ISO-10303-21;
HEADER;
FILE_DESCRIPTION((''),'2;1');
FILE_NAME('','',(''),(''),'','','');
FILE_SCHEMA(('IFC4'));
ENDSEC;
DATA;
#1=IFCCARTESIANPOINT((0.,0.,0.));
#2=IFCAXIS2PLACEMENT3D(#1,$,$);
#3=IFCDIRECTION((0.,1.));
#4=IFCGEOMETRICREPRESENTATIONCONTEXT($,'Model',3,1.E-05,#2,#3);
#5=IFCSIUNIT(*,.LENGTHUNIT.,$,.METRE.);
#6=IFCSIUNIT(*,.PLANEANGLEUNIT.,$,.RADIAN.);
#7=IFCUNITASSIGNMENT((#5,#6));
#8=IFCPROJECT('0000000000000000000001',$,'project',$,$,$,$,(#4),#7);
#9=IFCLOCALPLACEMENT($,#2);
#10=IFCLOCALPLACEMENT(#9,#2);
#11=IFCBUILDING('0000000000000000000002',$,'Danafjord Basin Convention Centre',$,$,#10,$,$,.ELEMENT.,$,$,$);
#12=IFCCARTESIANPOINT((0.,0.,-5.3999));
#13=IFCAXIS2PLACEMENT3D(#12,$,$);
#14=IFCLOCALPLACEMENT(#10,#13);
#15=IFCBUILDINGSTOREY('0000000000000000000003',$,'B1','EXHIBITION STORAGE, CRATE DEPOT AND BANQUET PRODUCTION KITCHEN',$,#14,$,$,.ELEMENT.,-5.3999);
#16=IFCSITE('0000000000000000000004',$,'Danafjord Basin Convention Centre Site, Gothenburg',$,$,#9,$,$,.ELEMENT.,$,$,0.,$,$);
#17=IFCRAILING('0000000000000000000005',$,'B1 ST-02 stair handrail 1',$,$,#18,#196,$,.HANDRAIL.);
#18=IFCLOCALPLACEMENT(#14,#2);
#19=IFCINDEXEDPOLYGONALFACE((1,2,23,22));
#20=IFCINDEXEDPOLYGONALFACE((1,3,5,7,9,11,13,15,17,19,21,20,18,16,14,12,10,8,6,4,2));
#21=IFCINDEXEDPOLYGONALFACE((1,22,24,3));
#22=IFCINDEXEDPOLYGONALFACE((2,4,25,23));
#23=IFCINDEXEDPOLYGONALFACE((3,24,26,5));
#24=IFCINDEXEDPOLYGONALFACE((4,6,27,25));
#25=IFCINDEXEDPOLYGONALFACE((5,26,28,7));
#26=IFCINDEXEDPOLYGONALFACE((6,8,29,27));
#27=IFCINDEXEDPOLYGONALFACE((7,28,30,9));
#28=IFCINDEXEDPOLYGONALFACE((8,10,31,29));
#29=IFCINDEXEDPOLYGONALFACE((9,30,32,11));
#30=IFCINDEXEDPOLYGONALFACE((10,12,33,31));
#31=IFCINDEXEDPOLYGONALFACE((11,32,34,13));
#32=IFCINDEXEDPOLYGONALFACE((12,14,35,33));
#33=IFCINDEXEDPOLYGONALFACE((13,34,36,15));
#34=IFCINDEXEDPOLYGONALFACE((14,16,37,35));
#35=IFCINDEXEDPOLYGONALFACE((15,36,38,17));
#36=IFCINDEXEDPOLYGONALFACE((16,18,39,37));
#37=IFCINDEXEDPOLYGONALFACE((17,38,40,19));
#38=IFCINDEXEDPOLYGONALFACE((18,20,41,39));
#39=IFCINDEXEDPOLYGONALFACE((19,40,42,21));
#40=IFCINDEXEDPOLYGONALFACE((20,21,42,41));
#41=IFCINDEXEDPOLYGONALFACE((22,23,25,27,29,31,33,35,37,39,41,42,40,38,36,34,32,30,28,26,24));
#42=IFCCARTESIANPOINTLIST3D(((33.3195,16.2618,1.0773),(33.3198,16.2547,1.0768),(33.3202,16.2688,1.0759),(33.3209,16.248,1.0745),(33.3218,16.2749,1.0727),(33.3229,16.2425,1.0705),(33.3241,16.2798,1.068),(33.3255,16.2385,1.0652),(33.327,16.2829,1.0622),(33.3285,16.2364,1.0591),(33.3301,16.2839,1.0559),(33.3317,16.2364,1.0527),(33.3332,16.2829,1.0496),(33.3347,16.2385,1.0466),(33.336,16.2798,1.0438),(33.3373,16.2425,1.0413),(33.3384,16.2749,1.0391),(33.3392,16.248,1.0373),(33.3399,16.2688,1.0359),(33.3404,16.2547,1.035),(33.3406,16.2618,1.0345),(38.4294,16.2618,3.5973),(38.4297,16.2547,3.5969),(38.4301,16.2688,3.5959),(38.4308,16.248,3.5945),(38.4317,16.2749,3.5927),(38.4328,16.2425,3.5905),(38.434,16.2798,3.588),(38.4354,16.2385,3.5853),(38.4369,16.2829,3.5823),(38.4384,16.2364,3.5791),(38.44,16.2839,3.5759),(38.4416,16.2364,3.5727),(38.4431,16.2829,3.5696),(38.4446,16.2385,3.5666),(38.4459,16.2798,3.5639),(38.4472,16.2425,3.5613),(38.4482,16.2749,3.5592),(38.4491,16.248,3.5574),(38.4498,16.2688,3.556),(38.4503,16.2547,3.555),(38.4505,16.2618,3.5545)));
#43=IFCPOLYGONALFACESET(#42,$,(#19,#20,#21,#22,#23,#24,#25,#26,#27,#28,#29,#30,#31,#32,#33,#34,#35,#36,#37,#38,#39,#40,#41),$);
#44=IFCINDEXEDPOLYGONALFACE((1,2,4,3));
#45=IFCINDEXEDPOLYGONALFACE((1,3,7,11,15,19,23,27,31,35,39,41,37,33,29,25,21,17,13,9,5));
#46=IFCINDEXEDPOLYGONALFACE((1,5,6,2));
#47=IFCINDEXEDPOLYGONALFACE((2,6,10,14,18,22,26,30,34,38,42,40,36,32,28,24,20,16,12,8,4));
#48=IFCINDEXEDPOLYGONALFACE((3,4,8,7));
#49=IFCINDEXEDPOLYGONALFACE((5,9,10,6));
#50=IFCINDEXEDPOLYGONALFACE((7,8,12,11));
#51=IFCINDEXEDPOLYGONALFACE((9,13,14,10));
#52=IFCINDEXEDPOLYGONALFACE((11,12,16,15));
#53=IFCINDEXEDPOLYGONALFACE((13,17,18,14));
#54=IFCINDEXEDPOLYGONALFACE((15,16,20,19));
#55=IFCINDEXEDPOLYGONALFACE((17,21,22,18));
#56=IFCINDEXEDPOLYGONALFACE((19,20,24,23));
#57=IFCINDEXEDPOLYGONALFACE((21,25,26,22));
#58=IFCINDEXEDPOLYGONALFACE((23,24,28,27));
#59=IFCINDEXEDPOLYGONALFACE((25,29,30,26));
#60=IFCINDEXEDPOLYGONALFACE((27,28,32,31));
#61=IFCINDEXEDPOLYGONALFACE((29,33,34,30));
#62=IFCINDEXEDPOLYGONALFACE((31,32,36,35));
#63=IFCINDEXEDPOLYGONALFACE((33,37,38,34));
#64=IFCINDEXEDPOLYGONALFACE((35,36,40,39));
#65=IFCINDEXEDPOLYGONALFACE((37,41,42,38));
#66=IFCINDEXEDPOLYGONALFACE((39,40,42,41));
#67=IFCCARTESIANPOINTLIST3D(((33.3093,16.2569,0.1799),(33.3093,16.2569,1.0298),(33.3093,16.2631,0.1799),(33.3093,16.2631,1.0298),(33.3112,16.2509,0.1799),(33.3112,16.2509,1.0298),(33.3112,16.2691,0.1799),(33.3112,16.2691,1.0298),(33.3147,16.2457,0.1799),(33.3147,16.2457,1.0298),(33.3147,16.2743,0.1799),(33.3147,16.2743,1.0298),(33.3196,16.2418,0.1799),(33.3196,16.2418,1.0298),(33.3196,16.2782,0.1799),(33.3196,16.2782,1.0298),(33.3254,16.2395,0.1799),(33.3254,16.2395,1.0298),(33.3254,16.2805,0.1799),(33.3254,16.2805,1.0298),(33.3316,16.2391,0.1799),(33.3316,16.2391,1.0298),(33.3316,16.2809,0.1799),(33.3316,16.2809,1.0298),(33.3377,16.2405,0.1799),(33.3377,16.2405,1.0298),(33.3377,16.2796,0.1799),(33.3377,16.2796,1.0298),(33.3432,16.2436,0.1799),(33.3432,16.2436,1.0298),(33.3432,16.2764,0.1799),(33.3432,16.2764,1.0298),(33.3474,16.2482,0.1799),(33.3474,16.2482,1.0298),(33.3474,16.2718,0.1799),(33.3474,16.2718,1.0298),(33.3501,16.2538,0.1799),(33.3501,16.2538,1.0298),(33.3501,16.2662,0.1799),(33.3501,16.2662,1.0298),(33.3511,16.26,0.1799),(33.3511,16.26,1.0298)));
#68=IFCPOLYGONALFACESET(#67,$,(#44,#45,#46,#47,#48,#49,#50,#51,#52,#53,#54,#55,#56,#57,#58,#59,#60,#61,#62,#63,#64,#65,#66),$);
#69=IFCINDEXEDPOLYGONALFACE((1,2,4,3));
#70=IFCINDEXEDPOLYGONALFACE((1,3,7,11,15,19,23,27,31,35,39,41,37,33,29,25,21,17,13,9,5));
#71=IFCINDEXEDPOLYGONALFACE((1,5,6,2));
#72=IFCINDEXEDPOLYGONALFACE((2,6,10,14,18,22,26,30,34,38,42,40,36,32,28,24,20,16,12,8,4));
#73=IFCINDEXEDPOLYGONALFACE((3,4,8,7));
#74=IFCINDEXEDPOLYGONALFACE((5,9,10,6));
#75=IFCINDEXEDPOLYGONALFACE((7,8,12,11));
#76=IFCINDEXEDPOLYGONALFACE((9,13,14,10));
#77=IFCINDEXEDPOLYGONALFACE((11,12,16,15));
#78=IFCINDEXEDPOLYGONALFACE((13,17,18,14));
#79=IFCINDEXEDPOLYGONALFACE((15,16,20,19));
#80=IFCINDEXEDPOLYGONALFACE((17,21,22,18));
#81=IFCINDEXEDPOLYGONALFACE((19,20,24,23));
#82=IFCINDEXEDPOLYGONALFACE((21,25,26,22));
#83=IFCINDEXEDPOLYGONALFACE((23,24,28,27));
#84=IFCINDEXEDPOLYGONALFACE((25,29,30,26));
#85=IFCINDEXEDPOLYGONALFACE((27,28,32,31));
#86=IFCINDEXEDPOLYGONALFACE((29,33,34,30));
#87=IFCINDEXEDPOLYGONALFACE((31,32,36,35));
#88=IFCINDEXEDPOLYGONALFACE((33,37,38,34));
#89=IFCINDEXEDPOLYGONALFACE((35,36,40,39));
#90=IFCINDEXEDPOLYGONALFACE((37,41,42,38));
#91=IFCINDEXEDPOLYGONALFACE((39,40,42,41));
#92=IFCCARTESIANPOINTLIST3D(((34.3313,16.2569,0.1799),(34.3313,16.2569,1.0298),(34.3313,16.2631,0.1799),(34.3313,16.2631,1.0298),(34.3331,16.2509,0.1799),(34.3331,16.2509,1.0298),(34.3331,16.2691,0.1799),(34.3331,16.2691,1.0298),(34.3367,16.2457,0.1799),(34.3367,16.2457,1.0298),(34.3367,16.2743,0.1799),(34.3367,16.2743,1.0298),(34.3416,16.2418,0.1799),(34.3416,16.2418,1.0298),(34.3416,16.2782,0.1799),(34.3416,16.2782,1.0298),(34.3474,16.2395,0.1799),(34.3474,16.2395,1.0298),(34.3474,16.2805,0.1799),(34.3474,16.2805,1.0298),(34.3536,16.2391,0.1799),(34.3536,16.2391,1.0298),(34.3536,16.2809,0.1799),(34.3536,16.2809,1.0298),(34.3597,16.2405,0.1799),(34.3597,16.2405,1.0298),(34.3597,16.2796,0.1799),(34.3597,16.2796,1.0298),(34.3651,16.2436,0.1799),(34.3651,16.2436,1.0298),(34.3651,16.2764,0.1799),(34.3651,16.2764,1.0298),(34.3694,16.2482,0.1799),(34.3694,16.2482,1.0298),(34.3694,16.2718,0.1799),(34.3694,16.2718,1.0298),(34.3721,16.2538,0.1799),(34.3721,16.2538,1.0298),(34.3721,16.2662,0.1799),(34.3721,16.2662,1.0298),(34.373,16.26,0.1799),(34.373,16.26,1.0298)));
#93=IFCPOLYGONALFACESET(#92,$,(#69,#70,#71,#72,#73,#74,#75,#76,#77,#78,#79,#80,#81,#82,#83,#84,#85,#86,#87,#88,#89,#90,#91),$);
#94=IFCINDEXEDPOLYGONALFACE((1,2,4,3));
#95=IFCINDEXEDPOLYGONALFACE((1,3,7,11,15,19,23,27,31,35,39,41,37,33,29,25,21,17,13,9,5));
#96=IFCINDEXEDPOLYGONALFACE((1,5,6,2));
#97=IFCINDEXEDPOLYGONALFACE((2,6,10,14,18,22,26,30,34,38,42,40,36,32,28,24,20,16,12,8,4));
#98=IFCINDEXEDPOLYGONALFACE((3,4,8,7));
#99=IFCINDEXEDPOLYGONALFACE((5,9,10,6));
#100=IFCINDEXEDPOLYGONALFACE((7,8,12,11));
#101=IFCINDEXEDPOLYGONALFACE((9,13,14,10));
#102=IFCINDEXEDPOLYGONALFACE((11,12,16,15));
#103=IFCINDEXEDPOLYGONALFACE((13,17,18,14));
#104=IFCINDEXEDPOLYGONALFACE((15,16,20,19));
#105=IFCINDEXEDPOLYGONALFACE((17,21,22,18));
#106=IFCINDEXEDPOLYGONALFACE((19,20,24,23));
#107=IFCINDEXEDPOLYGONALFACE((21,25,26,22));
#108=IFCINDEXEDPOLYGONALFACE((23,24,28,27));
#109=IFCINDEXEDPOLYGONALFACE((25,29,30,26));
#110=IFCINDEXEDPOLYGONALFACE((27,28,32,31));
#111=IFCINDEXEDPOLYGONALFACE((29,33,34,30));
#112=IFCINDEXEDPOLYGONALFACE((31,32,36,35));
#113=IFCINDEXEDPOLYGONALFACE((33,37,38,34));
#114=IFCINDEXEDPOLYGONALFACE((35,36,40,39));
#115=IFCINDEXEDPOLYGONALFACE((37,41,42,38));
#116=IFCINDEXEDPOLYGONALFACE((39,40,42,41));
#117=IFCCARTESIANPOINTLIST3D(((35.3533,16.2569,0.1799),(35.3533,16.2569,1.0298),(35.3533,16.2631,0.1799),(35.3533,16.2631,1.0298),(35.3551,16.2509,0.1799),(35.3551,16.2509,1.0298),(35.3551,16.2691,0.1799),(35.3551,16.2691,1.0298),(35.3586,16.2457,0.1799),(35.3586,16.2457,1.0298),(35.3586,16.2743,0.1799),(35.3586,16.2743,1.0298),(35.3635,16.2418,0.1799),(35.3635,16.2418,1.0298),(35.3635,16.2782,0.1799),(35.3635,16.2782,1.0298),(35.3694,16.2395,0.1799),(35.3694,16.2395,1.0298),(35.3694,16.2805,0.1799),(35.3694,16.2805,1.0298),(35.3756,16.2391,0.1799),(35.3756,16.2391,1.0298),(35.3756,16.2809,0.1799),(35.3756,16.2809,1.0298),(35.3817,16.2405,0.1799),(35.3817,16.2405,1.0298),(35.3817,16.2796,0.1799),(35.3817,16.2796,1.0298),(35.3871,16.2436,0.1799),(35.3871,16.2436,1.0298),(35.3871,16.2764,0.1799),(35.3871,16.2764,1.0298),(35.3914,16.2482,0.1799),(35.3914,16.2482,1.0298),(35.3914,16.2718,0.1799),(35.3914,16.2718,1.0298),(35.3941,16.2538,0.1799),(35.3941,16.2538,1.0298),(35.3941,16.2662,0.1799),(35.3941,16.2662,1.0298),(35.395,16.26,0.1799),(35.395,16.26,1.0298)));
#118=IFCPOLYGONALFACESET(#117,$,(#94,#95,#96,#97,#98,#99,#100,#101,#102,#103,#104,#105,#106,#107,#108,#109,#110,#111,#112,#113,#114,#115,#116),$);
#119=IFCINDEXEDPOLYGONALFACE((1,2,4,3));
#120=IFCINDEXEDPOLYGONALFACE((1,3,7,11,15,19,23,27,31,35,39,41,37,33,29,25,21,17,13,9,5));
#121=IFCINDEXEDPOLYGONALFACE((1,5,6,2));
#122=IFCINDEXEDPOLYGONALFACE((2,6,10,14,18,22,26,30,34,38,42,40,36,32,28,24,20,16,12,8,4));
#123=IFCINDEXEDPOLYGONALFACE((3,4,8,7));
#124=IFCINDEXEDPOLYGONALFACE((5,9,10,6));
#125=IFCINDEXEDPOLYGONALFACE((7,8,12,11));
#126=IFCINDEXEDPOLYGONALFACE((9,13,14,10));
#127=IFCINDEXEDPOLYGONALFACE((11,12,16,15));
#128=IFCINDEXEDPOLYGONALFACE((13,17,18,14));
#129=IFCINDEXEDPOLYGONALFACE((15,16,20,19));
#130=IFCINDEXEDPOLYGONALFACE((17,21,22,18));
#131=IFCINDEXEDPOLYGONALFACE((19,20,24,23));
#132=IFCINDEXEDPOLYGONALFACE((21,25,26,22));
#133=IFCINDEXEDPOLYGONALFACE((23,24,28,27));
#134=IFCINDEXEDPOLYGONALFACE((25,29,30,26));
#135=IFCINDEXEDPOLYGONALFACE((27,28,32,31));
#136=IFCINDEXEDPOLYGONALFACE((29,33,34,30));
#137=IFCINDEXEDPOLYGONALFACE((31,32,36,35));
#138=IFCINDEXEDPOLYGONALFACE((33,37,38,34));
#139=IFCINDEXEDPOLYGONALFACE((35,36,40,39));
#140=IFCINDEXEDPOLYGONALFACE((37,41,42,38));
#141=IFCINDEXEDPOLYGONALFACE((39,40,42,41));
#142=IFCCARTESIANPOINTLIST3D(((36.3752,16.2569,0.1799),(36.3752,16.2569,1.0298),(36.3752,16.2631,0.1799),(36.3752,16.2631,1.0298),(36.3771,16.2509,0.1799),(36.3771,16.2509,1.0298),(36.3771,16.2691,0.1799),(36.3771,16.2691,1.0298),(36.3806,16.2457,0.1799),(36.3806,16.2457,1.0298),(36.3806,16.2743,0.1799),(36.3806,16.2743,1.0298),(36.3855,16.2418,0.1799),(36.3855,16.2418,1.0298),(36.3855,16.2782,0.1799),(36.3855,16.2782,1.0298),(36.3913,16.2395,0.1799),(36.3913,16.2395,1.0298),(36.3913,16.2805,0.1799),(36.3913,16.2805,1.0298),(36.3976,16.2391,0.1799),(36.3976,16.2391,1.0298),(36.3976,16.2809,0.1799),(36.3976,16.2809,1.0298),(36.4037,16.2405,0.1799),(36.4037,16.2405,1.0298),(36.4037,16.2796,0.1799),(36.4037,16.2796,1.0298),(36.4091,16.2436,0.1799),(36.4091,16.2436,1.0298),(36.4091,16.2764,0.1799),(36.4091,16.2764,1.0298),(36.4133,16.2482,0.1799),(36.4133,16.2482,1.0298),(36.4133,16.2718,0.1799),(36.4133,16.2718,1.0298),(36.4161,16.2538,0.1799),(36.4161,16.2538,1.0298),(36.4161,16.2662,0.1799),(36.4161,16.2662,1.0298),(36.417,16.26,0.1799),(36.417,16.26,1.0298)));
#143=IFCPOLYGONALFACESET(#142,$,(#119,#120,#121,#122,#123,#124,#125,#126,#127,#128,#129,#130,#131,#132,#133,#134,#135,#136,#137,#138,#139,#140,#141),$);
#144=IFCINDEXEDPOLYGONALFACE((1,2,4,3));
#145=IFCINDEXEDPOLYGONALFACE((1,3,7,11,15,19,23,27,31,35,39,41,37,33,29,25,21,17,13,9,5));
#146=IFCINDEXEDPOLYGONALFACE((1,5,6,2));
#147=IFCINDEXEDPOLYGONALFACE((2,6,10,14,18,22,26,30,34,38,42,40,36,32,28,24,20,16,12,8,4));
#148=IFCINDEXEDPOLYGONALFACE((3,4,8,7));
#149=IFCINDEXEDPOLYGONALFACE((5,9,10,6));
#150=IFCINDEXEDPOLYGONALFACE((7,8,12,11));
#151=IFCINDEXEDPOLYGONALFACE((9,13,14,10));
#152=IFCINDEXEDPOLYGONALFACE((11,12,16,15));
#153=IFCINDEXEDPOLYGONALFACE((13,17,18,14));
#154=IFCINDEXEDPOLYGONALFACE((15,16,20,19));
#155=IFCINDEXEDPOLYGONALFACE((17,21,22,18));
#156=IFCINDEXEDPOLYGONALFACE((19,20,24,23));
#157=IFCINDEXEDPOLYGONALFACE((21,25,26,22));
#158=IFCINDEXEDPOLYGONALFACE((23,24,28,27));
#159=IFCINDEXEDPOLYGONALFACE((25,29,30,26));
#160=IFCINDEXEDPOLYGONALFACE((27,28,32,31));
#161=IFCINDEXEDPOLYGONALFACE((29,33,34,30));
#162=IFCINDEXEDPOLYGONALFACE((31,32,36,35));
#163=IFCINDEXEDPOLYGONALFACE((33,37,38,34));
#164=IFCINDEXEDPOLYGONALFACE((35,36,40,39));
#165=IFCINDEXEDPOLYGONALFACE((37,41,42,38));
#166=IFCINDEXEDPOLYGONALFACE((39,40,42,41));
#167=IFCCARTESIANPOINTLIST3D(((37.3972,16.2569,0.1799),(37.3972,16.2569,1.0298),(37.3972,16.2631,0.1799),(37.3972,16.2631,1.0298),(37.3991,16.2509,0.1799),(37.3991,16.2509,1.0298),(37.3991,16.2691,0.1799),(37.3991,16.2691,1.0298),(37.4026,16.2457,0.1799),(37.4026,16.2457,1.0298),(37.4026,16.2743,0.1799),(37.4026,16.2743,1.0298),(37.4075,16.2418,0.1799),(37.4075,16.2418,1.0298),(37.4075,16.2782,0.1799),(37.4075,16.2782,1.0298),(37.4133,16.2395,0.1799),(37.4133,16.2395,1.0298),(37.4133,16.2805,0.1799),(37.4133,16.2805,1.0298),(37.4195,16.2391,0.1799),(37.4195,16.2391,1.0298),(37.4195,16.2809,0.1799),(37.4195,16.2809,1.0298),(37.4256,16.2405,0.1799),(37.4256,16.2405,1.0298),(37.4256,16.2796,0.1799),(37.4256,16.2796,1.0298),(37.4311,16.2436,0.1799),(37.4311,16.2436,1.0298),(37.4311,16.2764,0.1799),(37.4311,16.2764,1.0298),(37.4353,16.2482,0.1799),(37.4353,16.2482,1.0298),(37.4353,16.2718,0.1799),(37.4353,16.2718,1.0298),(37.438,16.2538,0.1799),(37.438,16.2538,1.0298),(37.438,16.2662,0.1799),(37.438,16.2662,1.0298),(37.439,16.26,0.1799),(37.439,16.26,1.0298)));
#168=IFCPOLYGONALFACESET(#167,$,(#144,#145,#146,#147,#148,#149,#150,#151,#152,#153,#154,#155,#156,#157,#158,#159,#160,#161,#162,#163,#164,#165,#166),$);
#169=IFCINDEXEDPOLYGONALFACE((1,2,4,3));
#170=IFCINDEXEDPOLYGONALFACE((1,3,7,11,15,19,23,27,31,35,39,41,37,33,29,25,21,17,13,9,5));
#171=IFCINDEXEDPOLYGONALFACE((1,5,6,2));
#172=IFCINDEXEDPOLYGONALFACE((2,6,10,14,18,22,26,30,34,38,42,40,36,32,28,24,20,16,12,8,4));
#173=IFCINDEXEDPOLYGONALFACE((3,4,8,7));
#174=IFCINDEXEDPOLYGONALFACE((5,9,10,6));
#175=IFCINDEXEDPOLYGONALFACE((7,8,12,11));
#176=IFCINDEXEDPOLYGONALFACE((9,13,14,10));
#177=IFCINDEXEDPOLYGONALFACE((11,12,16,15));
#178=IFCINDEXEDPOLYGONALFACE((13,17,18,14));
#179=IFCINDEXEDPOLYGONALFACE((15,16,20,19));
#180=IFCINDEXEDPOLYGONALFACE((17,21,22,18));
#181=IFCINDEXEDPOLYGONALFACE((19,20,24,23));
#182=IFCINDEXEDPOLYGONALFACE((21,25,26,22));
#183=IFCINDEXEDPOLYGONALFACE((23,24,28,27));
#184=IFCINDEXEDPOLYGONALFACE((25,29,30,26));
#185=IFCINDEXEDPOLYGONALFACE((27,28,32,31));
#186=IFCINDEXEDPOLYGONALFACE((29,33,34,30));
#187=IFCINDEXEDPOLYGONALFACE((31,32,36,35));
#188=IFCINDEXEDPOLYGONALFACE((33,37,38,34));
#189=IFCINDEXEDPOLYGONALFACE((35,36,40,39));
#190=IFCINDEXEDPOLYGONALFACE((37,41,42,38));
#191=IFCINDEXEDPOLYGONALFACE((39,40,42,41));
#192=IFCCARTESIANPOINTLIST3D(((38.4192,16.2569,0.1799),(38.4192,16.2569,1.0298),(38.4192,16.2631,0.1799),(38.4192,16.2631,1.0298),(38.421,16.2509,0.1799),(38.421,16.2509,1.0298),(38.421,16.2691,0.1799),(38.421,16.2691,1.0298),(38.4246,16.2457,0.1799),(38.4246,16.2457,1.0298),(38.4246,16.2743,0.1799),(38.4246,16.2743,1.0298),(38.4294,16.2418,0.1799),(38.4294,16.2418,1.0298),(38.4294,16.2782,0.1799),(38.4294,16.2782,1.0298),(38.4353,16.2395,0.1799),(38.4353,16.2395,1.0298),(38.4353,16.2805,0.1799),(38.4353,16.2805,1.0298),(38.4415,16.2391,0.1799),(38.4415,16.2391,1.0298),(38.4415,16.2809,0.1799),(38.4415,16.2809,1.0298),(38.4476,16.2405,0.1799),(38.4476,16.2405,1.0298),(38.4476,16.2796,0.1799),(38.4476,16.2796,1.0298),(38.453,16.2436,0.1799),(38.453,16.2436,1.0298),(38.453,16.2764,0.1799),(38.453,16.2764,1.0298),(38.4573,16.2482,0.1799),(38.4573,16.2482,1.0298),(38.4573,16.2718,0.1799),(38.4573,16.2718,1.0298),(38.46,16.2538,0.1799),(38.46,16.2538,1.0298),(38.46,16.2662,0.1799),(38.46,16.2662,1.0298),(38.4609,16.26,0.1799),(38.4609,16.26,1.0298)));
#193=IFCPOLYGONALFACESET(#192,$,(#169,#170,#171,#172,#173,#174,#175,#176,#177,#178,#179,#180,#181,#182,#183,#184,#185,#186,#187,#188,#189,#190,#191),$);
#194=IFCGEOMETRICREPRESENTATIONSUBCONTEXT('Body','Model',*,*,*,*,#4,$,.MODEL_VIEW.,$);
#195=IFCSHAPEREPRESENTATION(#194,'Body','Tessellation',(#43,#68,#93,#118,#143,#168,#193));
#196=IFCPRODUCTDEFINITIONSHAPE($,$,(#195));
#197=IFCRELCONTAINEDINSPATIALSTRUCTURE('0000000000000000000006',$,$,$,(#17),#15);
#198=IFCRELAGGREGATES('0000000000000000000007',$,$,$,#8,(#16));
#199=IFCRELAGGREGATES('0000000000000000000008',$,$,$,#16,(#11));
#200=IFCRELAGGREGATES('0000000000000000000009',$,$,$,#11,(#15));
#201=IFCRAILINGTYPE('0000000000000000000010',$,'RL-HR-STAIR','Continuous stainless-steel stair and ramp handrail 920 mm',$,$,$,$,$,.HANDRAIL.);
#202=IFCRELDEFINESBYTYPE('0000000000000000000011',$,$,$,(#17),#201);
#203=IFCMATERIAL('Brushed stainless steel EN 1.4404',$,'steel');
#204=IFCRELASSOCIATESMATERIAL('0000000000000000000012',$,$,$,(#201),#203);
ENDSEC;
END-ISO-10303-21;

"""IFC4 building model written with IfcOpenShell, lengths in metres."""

from ifc_helpers import new_model, si_unit, direction, frame, origin, origin_2d, place, context, subcontext, project, spatial, circle, extrude, material, type_object, element, save


model = new_model("IFC4")

# Units and contexts
model_context = context("Model", 3, precision=1e-05, world=origin(), true_north=direction((0.0, 1.0)))
body_context = subcontext(model_context, "Body", "Model", "MODEL_VIEW")
ifc_project = project(units=[si_unit("LENGTHUNIT", "METRE"), si_unit("PLANEANGLEUNIT", "RADIAN")], contexts=[model_context])

# Site, building, storey
site_placement = place(None, origin())
site = spatial("IfcSite", under=ifc_project, at=site_placement, Name="Danafjord Basin Convention Centre Site, Gothenburg", CompositionType="ELEMENT", RefElevation=0.0)
building_placement = place(site_placement, origin())
building = spatial("IfcBuilding", under=site, at=building_placement, Name="Danafjord Basin Convention Centre", CompositionType="ELEMENT")
storey_placement = place(building_placement, frame((0.0, 0.0, -5.3999)))
storey = spatial("IfcBuildingStorey", under=building, at=storey_placement, Name="B1", Description="EXHIBITION STORAGE, CRATE DEPOT AND BANQUET PRODUCTION KITCHEN", CompositionType="ELEMENT", Elevation=-5.3999)

# Railing
ifc_material_1 = material(Name="Brushed stainless steel EN 1.4404", Category="steel")
railing_type_1 = type_object("IfcRailingType", Name="RL-HR-STAIR", Description="Continuous stainless-steel stair and ramp handrail 920 mm", PredefinedType="HANDRAIL", material=ifc_material_1)
railing_1_placement = place(storey_placement, frame((33.3301, 16.26, 0.1799)))
element("IfcRailing", 1, at=railing_1_placement, inside=storey, type_object=railing_type_1, Name="B1 ST-02 stair handrail 1", PredefinedType="HANDRAIL", context=body_context, shape_type="SweptSolid", body=[
    extrude(circle(Radius=0.0239, at=origin_2d()), frame((0.0, 0.0, 0.876), z_axis=(0.896865, 0.0, 0.442305), x_axis=(0.0, 1.0, 0.0)), (0.0, 0.0, 1.0), 5.6975),
    extrude(circle(Radius=0.021, at=origin_2d()), origin(), (0.0, 0.0, 1.0), 0.8499),
    extrude(circle(Radius=0.021, at=origin_2d()), frame((1.022, 0.0, 0.0)), (0.0, 0.0, 1.0), 0.8499),
    extrude(circle(Radius=0.021, at=origin_2d()), frame((2.0439, 0.0, 0.0)), (0.0, 0.0, 1.0), 0.8499),
    extrude(circle(Radius=0.021, at=origin_2d()), frame((3.0659, 0.0, 0.0)), (0.0, 0.0, 1.0), 0.8499),
    extrude(circle(Radius=0.021, at=origin_2d()), frame((4.0879, 0.0, 0.0)), (0.0, 0.0, 1.0), 0.8499),
    extrude(circle(Radius=0.021, at=origin_2d()), frame((5.1099, 0.0, 0.0)), (0.0, 0.0, 1.0), 0.8499),
])

save(model, "model.ifc")
